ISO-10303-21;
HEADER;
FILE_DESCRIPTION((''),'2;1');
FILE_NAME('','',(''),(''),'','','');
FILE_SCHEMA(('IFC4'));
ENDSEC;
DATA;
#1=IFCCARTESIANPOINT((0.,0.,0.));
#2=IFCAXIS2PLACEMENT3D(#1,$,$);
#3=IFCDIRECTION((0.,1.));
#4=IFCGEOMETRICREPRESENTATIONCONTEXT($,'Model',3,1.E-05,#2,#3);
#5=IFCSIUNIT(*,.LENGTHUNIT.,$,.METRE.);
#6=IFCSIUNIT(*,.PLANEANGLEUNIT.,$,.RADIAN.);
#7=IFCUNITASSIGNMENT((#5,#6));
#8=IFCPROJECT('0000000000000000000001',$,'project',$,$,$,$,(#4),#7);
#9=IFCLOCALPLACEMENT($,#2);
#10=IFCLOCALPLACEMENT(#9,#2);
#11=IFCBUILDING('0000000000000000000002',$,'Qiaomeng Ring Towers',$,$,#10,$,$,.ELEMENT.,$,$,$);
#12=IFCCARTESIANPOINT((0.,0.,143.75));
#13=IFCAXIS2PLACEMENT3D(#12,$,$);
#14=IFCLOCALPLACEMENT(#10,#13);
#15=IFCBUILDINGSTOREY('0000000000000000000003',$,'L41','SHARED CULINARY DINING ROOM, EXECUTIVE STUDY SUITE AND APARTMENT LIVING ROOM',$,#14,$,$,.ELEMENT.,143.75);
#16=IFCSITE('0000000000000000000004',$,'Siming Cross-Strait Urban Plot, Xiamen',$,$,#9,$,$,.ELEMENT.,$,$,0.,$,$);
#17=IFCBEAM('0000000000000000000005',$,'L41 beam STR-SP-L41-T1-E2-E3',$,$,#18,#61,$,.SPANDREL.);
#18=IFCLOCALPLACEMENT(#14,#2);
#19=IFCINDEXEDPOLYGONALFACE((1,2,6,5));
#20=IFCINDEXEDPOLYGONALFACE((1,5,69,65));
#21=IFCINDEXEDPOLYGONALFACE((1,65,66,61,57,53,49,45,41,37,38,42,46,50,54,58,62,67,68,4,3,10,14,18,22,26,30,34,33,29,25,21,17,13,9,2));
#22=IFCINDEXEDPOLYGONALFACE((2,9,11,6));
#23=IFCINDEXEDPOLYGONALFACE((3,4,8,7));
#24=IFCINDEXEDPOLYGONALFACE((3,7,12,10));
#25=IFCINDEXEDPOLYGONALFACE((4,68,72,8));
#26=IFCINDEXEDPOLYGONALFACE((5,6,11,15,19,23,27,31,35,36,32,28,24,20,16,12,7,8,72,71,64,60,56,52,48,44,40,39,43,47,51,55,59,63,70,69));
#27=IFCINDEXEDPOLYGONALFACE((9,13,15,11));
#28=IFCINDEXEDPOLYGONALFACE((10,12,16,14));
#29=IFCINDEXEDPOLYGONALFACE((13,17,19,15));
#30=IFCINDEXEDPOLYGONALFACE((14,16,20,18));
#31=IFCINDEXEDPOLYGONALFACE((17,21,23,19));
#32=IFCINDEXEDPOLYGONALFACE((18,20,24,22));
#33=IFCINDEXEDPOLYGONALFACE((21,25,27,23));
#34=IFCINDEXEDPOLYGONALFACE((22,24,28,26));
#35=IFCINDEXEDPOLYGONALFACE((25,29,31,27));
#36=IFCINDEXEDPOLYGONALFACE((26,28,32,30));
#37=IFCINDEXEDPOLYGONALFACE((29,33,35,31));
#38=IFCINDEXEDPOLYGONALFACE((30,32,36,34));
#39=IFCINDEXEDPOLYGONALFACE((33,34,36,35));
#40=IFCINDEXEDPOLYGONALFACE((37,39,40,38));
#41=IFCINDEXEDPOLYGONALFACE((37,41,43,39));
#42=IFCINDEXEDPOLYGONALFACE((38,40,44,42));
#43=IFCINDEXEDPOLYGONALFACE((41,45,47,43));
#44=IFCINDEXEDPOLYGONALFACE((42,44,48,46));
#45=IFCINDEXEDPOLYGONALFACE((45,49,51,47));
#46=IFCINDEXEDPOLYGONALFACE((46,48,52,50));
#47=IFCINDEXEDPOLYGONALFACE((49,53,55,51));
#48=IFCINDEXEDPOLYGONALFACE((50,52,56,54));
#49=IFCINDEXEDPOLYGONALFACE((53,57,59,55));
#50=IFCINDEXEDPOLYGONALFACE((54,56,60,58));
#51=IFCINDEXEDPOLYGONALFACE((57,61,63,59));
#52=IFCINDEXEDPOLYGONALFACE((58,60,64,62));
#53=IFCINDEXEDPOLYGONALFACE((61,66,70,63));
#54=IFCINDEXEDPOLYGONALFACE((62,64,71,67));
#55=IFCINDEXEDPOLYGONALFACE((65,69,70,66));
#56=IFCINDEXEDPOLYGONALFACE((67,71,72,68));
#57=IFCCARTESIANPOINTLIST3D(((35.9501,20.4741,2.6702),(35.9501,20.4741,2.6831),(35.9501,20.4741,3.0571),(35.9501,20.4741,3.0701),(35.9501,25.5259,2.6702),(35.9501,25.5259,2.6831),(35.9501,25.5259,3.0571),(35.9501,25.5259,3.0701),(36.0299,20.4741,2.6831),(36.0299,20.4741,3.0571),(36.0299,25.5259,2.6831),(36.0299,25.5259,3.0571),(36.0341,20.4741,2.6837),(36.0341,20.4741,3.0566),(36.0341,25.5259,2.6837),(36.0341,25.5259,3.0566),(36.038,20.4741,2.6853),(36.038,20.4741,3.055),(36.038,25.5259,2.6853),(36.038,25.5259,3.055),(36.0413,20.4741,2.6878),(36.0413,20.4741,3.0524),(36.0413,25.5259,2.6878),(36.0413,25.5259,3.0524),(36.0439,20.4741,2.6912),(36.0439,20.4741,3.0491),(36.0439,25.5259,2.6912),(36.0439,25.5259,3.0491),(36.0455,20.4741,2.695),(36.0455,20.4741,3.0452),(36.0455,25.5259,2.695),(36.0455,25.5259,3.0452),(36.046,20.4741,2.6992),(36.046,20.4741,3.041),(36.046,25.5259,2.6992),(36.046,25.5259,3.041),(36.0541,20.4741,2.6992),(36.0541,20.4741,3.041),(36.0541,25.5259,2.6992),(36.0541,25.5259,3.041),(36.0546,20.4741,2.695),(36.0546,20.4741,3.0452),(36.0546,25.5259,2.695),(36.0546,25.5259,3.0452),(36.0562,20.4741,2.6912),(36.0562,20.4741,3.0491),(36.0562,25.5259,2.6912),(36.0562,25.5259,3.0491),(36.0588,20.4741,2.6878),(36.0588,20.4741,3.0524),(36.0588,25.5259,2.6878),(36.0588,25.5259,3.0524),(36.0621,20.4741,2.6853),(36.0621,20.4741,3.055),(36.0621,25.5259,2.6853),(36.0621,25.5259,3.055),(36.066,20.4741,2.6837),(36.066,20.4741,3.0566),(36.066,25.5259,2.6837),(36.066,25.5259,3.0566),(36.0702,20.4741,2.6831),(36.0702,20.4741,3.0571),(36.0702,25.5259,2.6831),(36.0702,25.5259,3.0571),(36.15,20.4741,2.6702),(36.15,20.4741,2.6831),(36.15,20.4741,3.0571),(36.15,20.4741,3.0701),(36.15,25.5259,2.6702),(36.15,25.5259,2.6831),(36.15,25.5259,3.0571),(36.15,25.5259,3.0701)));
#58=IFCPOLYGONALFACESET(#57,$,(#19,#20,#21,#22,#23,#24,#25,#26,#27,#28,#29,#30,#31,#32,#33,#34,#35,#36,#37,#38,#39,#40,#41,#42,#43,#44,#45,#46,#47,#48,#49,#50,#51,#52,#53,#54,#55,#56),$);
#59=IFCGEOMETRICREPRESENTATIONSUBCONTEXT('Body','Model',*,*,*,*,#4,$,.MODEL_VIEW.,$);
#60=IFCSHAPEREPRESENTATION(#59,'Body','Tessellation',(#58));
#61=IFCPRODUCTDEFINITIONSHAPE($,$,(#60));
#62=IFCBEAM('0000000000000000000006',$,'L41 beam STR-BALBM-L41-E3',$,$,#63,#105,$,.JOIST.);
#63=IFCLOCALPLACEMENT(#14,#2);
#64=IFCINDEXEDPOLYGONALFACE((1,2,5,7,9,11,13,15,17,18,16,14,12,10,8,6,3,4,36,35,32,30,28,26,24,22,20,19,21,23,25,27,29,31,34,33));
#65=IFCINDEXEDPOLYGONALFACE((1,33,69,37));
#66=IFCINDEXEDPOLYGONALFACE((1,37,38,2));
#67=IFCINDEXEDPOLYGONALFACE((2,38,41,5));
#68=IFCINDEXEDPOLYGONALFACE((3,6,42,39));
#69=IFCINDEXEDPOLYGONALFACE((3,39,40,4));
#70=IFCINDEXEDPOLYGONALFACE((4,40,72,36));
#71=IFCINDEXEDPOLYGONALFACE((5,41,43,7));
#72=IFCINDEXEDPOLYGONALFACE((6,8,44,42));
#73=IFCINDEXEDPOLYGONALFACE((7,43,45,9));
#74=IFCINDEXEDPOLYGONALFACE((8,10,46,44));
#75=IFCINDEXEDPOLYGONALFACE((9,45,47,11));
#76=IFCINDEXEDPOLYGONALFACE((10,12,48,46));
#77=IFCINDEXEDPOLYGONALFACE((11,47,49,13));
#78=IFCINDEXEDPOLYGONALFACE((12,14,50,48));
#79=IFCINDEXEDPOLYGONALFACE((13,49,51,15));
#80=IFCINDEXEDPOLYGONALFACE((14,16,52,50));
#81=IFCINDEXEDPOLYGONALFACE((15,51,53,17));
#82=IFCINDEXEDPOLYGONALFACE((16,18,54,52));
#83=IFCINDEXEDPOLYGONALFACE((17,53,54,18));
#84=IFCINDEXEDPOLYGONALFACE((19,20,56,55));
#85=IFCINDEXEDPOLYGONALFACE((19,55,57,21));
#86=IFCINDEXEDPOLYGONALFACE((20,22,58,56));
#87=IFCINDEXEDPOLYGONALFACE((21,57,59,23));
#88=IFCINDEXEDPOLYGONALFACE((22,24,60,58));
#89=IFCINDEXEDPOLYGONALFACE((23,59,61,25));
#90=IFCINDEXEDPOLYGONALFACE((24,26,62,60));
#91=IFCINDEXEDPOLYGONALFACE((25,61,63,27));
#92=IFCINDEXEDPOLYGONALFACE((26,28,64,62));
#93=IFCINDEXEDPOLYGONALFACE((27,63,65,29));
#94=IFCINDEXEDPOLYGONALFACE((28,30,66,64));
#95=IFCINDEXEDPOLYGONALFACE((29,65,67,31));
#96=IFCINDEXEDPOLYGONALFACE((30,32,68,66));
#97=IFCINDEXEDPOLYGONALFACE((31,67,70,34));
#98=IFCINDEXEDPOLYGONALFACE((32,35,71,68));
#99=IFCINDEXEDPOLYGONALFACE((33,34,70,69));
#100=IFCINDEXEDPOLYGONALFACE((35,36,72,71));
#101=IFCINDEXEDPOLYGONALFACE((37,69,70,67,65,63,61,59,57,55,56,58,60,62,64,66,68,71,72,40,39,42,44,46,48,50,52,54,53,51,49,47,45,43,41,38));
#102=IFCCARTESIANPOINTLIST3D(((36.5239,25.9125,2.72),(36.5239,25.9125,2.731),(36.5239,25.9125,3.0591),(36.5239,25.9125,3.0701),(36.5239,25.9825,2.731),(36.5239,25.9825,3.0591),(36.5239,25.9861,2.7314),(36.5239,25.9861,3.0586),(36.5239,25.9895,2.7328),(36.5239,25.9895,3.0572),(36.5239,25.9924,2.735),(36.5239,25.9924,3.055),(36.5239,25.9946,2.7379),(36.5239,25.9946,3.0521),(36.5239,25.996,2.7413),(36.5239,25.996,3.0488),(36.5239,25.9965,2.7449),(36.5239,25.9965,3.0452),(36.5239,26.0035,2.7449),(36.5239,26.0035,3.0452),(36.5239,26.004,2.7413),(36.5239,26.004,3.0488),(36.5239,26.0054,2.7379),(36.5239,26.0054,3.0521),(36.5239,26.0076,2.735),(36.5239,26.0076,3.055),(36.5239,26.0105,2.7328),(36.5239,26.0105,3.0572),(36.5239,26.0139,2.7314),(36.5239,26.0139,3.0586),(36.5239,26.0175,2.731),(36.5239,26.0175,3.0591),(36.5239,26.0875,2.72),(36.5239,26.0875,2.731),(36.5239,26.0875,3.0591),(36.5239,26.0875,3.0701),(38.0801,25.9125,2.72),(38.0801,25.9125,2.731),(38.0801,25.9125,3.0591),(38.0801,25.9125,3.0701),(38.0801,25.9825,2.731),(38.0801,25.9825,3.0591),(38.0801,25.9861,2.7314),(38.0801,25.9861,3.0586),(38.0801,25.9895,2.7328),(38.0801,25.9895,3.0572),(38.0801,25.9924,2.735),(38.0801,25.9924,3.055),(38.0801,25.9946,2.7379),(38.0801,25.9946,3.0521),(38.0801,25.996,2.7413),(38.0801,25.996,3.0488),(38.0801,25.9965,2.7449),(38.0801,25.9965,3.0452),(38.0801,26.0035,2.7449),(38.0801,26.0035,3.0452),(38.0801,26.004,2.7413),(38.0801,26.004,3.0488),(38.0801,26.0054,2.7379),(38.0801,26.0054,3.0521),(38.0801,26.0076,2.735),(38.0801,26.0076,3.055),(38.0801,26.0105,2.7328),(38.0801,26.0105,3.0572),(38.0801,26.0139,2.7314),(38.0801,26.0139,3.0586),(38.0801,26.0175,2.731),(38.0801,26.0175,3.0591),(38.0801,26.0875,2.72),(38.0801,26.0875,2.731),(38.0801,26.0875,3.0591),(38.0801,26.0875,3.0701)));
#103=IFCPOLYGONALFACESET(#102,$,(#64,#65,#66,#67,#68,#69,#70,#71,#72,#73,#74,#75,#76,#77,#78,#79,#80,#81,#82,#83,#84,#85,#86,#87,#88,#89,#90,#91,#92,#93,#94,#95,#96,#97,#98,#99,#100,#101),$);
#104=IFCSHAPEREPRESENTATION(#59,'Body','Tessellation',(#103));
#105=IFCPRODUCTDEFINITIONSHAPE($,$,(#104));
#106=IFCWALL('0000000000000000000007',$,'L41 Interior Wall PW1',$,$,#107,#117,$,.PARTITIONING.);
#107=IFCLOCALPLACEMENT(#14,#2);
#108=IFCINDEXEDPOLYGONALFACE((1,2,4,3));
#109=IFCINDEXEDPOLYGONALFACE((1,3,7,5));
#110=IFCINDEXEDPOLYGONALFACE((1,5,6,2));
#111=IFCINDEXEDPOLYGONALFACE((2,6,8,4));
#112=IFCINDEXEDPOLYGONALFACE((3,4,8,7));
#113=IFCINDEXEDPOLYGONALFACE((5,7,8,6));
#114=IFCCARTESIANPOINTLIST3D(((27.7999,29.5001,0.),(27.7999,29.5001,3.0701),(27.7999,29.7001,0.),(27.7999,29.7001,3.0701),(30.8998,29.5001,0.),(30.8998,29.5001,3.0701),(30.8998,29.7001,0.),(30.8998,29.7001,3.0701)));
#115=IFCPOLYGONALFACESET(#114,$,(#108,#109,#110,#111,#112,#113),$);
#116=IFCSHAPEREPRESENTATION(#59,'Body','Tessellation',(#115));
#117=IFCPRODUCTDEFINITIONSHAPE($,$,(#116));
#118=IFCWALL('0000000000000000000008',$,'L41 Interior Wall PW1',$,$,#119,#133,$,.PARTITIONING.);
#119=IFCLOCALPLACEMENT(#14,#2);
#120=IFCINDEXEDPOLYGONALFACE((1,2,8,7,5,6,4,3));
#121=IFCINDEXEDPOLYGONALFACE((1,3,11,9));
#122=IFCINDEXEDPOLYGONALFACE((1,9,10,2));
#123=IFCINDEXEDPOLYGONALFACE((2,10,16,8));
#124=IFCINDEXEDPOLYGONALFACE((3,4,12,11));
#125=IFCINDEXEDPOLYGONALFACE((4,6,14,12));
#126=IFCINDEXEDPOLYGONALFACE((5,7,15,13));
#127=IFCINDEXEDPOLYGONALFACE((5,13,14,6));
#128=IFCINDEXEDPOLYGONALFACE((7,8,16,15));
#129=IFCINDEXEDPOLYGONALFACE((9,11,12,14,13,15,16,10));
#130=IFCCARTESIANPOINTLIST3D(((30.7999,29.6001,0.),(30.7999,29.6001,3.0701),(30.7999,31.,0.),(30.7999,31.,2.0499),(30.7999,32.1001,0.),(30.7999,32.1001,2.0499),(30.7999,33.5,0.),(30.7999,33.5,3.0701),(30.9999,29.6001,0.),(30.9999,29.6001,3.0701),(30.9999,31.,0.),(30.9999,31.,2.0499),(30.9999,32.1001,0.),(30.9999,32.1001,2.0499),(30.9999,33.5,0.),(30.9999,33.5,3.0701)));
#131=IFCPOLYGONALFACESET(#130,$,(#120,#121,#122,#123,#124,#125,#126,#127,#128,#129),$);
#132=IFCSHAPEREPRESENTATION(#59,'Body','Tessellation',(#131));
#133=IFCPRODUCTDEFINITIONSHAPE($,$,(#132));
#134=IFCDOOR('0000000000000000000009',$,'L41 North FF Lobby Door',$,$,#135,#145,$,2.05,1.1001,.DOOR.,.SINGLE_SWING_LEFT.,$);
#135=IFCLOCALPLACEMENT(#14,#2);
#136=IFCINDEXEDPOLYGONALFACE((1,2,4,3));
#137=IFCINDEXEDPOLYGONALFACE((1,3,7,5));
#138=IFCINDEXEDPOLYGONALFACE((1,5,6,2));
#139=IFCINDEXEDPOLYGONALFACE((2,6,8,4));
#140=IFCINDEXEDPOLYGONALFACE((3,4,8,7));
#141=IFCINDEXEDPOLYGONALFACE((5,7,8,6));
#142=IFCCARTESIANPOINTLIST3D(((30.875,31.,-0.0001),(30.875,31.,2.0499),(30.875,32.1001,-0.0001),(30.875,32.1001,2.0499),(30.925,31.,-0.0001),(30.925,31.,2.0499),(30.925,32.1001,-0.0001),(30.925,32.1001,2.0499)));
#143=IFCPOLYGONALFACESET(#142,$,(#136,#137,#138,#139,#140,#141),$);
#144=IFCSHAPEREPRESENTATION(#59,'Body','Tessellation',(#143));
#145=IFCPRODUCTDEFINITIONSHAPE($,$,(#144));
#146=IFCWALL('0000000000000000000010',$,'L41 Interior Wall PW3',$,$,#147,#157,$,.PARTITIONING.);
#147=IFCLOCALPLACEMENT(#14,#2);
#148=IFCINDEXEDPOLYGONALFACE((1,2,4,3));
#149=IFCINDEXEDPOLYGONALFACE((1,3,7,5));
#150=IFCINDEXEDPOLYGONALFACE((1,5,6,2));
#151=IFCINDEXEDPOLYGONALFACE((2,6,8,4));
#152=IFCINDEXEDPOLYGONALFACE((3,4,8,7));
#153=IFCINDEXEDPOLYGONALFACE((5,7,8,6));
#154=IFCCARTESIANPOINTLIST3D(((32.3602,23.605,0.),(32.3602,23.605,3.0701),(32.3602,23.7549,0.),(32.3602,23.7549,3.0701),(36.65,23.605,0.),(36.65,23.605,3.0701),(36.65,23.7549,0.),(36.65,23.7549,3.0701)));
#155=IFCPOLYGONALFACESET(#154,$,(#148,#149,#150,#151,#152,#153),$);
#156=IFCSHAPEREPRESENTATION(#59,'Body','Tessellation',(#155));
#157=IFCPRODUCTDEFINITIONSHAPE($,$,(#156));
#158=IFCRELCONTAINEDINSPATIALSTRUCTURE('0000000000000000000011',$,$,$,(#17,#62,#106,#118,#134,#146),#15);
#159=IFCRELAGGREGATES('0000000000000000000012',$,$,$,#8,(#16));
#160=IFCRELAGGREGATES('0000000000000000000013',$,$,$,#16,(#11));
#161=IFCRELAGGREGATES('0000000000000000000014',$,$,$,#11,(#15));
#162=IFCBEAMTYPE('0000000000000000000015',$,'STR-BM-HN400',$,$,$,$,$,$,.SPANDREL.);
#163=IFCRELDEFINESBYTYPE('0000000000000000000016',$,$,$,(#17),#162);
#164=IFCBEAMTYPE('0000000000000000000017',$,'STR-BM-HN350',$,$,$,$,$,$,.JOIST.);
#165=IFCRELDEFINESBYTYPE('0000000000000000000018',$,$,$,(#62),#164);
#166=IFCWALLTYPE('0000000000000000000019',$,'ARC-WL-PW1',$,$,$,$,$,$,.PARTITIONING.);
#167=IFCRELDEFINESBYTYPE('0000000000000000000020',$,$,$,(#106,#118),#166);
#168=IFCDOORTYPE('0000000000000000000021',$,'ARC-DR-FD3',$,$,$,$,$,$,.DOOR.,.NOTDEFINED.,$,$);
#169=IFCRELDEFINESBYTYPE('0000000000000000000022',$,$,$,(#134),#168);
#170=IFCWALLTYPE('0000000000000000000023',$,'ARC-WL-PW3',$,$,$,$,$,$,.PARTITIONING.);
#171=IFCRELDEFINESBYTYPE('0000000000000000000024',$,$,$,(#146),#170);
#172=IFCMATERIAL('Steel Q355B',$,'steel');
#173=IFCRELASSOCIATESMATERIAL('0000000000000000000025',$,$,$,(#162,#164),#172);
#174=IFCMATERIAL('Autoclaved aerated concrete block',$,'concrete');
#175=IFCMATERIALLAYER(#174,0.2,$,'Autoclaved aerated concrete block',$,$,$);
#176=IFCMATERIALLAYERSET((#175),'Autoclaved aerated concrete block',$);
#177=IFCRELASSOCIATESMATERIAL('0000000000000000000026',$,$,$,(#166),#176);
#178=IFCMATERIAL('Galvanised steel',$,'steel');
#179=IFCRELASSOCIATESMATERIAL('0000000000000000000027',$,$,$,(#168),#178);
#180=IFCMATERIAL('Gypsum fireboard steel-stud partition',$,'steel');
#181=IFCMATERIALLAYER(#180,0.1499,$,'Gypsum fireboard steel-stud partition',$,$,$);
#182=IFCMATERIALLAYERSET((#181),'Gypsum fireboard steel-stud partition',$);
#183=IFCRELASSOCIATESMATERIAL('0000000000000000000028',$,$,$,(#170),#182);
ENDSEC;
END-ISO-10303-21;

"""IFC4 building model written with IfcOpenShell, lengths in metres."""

from ifc_helpers import new_model, si_unit, direction, frame, frame_2d, origin, origin_2d, place, context, subcontext, project, spatial, rectangle, i_section, extrude, source, transform, mapped, material, layer, layer_set, material_profile, profile_set, type_object, element, fill, save


model = new_model("IFC4")

# Units and contexts
model_context = context("Model", 3, precision=1e-05, world=origin(), true_north=direction((0.0, 1.0)))
body_context = subcontext(model_context, "Body", "Model", "MODEL_VIEW")
ifc_project = project(units=[si_unit("LENGTHUNIT", "METRE"), si_unit("PLANEANGLEUNIT", "RADIAN")], contexts=[model_context])

# Site, building, storey
site_placement = place(None, origin())
site = spatial("IfcSite", under=ifc_project, at=site_placement, Name="Siming Cross-Strait Urban Plot, Xiamen", CompositionType="ELEMENT", RefElevation=0.0)
building_placement = place(site_placement, origin())
building = spatial("IfcBuilding", under=site, at=building_placement, Name="Qiaomeng Ring Towers", CompositionType="ELEMENT")
storey_placement = place(building_placement, frame((0.0, 0.0, 143.75)))
storey = spatial("IfcBuildingStorey", under=building, at=storey_placement, Name="L41", Description="SHARED CULINARY DINING ROOM, EXECUTIVE STUDY SUITE AND APARTMENT LIVING ROOM", CompositionType="ELEMENT", Elevation=143.75)

# Beams
ifc_material_1 = material(Name="Steel Q355B", Category="steel")
ifc_material_profile_1 = material_profile(ifc_material_1, i_section(OverallWidth=0.2, OverallDepth=0.3999, WebThickness=0.0081, FlangeThickness=0.0129, FilletRadius=0.0161, at=origin_2d()), Name="HN 400x200x8x13")
ifc_profile_set_1 = profile_set([ifc_material_profile_1], Name="Steel Q355B")
beam_type_1 = type_object("IfcBeamType", Name="STR-BM-HN400", PredefinedType="SPANDREL", material=ifc_profile_set_1)
shared_shape_1 = source(origin(), body_context, "Body", "SweptSolid", [
    extrude(i_section(OverallWidth=0.2, OverallDepth=0.3999, WebThickness=0.0081, FlangeThickness=0.0129, FilletRadius=0.0161, at=origin_2d()), origin(), (0.0, 0.0, 1.0), 5.0518),
])
beam_1_placement = place(storey_placement, frame((36.05, 20.4741, 2.8701), z_axis=(0.0, 1.0, 0.0), x_axis=(-1.0, 0.0, 0.0)))
element("IfcBeam", 1, at=beam_1_placement, inside=storey, type_object=beam_type_1, Name="L41 beam STR-SP-L41-T1-E2-E3", PredefinedType="SPANDREL", context=body_context, shape_type="MappedRepresentation", body=[
    mapped(shared_shape_1, transform((0.0, 0.0, 0.0), x_axis=(1.0, 0.0, 0.0), y_axis=(0.0, 1.0, 0.0), z_axis=(0.0, 0.0, 1.0), scale=1.0)),
])
ifc_material_profile_2 = material_profile(ifc_material_1, i_section(OverallWidth=0.175, OverallDepth=0.3501, WebThickness=0.0071, FlangeThickness=0.011, FilletRadius=0.0139, at=origin_2d()), Name="HN 350x175x7x11")
ifc_profile_set_2 = profile_set([ifc_material_profile_2], Name="Steel Q355B")
beam_type_2 = type_object("IfcBeamType", Name="STR-BM-HN350", PredefinedType="JOIST", material=ifc_profile_set_2)
shared_shape_2 = source(origin(), body_context, "Body", "SweptSolid", [
    extrude(i_section(OverallWidth=0.175, OverallDepth=0.3501, WebThickness=0.0071, FlangeThickness=0.011, FilletRadius=0.0139, at=origin_2d()), origin(), (0.0, 0.0, 1.0), 1.5562),
])
beam_2_placement = place(storey_placement, frame((36.5239, 26.0, 2.895), z_axis=(1.0, 0.0, 0.0), x_axis=(0.0, 1.0, 0.0)))
element("IfcBeam", 2, at=beam_2_placement, inside=storey, type_object=beam_type_2, Name="L41 beam STR-BALBM-L41-E3", PredefinedType="JOIST", context=body_context, shape_type="MappedRepresentation", body=[
    mapped(shared_shape_2, transform((0.0, 0.0, 0.0), x_axis=(1.0, 0.0, 0.0), y_axis=(0.0, 1.0, 0.0), z_axis=(0.0, 0.0, 1.0), scale=1.0)),
])

# Wall
ifc_material_2 = material(Name="Autoclaved aerated concrete block", Category="concrete")
ifc_layer_1 = layer(ifc_material_2, 0.2, Name="Autoclaved aerated concrete block")
ifc_layer_set_1 = layer_set([ifc_layer_1], Name="Autoclaved aerated concrete block")
wall_type_1 = type_object("IfcWallType", Name="ARC-WL-PW1", PredefinedType="PARTITIONING", material=ifc_layer_set_1)
wall_1_placement = place(storey_placement, frame((27.8, 29.6001, 0.0), z_axis=(0.0, 0.0, 1.0), x_axis=(1.0, 0.0, 0.0)))
element("IfcWall", 3, at=wall_1_placement, inside=storey, type_object=wall_type_1, Name="L41 Interior Wall PW1", PredefinedType="PARTITIONING", context=body_context, shape_type="SweptSolid", body=[
    extrude(rectangle(XDim=3.0999, YDim=0.2, at=frame_2d((1.5498, 0.0))), origin(), (0.0, 0.0, 1.0), 3.0701),
])

# Wall, opening, door
wall_2_placement = place(storey_placement, frame((30.8999, 29.6001, 0.0), z_axis=(0.0, 0.0, 1.0), x_axis=(0.0, 1.0, 0.0)))
wall_2 = element("IfcWall", 4, at=wall_2_placement, inside=storey, type_object=wall_type_1, Name="L41 Interior Wall PW1", PredefinedType="PARTITIONING", context=body_context, shape_type="SweptSolid", body=[
    extrude(rectangle(XDim=3.8999, YDim=0.2, at=frame_2d((1.95, 0.0))), origin(), (0.0, 0.0, 1.0), 3.0701),
])
opening_1_placement = place(wall_2_placement, frame((1.3999, 0.0, 0.0)))
opening_1 = element("IfcOpeningElement", 5, at=opening_1_placement, cuts=wall_2, PredefinedType="OPENING", context=body_context, shape_type="SweptSolid", body=[
    extrude(rectangle(XDim=1.1001, YDim=2.05, at=frame_2d((0.55, 1.0249))), frame((0.0, 0.1099, 0.0), z_axis=(0.0, -1.0, 0.0), x_axis=(1.0, 0.0, 0.0)), (0.0, 0.0, 1.0), 0.22),
])
ifc_material_3 = material(Name="Galvanised steel", Category="steel")
door_type_1 = type_object("IfcDoorType", Name="ARC-DR-FD3", OperationType="NOTDEFINED", PredefinedType="DOOR", material=ifc_material_3)
shared_shape_3 = source(origin(), body_context, "Body", "SweptSolid", [
    extrude(rectangle(XDim=1.1001, YDim=2.05, at=frame_2d((0.55, 1.0249))), frame((0.0, 0.0249, 0.0), z_axis=(0.0, -1.0, 0.0), x_axis=(1.0, 0.0, 0.0)), (0.0, 0.0, 1.0), 0.05),
])
door_1_placement = place(opening_1_placement, origin())
door_1 = element("IfcDoor", 6, at=door_1_placement, inside=storey, type_object=door_type_1, Name="L41 North FF Lobby Door", OperationType="SINGLE_SWING_LEFT", OverallHeight=2.05, OverallWidth=1.1001, PredefinedType="DOOR", context=body_context, shape_type="MappedRepresentation", body=[
    mapped(shared_shape_3, transform((0.0, 0.0, 0.0), x_axis=(1.0, 0.0, 0.0), y_axis=(0.0, 1.0, 0.0), z_axis=(0.0, 0.0, 1.0), scale=1.0)),
])
fill(opening_1, door_1)

# Wall
ifc_material_4 = material(Name="Gypsum fireboard steel-stud partition", Category="steel")
ifc_layer_2 = layer(ifc_material_4, 0.1499, Name="Gypsum fireboard steel-stud partition")
ifc_layer_set_2 = layer_set([ifc_layer_2], Name="Gypsum fireboard steel-stud partition")
wall_type_2 = type_object("IfcWallType", Name="ARC-WL-PW3", PredefinedType="PARTITIONING", material=ifc_layer_set_2)
wall_3_placement = place(storey_placement, frame((32.3601, 23.6799, 0.0), z_axis=(0.0, 0.0, 1.0), x_axis=(1.0, 0.0, 0.0)))
element("IfcWall", 7, at=wall_3_placement, inside=storey, type_object=wall_type_2, Name="L41 Interior Wall PW3", PredefinedType="PARTITIONING", context=body_context, shape_type="SweptSolid", body=[
    extrude(rectangle(XDim=4.2898, YDim=0.1499, at=frame_2d((2.145, 0.0))), origin(), (0.0, 0.0, 1.0), 3.0701),
])

save(model, "model.ifc")
